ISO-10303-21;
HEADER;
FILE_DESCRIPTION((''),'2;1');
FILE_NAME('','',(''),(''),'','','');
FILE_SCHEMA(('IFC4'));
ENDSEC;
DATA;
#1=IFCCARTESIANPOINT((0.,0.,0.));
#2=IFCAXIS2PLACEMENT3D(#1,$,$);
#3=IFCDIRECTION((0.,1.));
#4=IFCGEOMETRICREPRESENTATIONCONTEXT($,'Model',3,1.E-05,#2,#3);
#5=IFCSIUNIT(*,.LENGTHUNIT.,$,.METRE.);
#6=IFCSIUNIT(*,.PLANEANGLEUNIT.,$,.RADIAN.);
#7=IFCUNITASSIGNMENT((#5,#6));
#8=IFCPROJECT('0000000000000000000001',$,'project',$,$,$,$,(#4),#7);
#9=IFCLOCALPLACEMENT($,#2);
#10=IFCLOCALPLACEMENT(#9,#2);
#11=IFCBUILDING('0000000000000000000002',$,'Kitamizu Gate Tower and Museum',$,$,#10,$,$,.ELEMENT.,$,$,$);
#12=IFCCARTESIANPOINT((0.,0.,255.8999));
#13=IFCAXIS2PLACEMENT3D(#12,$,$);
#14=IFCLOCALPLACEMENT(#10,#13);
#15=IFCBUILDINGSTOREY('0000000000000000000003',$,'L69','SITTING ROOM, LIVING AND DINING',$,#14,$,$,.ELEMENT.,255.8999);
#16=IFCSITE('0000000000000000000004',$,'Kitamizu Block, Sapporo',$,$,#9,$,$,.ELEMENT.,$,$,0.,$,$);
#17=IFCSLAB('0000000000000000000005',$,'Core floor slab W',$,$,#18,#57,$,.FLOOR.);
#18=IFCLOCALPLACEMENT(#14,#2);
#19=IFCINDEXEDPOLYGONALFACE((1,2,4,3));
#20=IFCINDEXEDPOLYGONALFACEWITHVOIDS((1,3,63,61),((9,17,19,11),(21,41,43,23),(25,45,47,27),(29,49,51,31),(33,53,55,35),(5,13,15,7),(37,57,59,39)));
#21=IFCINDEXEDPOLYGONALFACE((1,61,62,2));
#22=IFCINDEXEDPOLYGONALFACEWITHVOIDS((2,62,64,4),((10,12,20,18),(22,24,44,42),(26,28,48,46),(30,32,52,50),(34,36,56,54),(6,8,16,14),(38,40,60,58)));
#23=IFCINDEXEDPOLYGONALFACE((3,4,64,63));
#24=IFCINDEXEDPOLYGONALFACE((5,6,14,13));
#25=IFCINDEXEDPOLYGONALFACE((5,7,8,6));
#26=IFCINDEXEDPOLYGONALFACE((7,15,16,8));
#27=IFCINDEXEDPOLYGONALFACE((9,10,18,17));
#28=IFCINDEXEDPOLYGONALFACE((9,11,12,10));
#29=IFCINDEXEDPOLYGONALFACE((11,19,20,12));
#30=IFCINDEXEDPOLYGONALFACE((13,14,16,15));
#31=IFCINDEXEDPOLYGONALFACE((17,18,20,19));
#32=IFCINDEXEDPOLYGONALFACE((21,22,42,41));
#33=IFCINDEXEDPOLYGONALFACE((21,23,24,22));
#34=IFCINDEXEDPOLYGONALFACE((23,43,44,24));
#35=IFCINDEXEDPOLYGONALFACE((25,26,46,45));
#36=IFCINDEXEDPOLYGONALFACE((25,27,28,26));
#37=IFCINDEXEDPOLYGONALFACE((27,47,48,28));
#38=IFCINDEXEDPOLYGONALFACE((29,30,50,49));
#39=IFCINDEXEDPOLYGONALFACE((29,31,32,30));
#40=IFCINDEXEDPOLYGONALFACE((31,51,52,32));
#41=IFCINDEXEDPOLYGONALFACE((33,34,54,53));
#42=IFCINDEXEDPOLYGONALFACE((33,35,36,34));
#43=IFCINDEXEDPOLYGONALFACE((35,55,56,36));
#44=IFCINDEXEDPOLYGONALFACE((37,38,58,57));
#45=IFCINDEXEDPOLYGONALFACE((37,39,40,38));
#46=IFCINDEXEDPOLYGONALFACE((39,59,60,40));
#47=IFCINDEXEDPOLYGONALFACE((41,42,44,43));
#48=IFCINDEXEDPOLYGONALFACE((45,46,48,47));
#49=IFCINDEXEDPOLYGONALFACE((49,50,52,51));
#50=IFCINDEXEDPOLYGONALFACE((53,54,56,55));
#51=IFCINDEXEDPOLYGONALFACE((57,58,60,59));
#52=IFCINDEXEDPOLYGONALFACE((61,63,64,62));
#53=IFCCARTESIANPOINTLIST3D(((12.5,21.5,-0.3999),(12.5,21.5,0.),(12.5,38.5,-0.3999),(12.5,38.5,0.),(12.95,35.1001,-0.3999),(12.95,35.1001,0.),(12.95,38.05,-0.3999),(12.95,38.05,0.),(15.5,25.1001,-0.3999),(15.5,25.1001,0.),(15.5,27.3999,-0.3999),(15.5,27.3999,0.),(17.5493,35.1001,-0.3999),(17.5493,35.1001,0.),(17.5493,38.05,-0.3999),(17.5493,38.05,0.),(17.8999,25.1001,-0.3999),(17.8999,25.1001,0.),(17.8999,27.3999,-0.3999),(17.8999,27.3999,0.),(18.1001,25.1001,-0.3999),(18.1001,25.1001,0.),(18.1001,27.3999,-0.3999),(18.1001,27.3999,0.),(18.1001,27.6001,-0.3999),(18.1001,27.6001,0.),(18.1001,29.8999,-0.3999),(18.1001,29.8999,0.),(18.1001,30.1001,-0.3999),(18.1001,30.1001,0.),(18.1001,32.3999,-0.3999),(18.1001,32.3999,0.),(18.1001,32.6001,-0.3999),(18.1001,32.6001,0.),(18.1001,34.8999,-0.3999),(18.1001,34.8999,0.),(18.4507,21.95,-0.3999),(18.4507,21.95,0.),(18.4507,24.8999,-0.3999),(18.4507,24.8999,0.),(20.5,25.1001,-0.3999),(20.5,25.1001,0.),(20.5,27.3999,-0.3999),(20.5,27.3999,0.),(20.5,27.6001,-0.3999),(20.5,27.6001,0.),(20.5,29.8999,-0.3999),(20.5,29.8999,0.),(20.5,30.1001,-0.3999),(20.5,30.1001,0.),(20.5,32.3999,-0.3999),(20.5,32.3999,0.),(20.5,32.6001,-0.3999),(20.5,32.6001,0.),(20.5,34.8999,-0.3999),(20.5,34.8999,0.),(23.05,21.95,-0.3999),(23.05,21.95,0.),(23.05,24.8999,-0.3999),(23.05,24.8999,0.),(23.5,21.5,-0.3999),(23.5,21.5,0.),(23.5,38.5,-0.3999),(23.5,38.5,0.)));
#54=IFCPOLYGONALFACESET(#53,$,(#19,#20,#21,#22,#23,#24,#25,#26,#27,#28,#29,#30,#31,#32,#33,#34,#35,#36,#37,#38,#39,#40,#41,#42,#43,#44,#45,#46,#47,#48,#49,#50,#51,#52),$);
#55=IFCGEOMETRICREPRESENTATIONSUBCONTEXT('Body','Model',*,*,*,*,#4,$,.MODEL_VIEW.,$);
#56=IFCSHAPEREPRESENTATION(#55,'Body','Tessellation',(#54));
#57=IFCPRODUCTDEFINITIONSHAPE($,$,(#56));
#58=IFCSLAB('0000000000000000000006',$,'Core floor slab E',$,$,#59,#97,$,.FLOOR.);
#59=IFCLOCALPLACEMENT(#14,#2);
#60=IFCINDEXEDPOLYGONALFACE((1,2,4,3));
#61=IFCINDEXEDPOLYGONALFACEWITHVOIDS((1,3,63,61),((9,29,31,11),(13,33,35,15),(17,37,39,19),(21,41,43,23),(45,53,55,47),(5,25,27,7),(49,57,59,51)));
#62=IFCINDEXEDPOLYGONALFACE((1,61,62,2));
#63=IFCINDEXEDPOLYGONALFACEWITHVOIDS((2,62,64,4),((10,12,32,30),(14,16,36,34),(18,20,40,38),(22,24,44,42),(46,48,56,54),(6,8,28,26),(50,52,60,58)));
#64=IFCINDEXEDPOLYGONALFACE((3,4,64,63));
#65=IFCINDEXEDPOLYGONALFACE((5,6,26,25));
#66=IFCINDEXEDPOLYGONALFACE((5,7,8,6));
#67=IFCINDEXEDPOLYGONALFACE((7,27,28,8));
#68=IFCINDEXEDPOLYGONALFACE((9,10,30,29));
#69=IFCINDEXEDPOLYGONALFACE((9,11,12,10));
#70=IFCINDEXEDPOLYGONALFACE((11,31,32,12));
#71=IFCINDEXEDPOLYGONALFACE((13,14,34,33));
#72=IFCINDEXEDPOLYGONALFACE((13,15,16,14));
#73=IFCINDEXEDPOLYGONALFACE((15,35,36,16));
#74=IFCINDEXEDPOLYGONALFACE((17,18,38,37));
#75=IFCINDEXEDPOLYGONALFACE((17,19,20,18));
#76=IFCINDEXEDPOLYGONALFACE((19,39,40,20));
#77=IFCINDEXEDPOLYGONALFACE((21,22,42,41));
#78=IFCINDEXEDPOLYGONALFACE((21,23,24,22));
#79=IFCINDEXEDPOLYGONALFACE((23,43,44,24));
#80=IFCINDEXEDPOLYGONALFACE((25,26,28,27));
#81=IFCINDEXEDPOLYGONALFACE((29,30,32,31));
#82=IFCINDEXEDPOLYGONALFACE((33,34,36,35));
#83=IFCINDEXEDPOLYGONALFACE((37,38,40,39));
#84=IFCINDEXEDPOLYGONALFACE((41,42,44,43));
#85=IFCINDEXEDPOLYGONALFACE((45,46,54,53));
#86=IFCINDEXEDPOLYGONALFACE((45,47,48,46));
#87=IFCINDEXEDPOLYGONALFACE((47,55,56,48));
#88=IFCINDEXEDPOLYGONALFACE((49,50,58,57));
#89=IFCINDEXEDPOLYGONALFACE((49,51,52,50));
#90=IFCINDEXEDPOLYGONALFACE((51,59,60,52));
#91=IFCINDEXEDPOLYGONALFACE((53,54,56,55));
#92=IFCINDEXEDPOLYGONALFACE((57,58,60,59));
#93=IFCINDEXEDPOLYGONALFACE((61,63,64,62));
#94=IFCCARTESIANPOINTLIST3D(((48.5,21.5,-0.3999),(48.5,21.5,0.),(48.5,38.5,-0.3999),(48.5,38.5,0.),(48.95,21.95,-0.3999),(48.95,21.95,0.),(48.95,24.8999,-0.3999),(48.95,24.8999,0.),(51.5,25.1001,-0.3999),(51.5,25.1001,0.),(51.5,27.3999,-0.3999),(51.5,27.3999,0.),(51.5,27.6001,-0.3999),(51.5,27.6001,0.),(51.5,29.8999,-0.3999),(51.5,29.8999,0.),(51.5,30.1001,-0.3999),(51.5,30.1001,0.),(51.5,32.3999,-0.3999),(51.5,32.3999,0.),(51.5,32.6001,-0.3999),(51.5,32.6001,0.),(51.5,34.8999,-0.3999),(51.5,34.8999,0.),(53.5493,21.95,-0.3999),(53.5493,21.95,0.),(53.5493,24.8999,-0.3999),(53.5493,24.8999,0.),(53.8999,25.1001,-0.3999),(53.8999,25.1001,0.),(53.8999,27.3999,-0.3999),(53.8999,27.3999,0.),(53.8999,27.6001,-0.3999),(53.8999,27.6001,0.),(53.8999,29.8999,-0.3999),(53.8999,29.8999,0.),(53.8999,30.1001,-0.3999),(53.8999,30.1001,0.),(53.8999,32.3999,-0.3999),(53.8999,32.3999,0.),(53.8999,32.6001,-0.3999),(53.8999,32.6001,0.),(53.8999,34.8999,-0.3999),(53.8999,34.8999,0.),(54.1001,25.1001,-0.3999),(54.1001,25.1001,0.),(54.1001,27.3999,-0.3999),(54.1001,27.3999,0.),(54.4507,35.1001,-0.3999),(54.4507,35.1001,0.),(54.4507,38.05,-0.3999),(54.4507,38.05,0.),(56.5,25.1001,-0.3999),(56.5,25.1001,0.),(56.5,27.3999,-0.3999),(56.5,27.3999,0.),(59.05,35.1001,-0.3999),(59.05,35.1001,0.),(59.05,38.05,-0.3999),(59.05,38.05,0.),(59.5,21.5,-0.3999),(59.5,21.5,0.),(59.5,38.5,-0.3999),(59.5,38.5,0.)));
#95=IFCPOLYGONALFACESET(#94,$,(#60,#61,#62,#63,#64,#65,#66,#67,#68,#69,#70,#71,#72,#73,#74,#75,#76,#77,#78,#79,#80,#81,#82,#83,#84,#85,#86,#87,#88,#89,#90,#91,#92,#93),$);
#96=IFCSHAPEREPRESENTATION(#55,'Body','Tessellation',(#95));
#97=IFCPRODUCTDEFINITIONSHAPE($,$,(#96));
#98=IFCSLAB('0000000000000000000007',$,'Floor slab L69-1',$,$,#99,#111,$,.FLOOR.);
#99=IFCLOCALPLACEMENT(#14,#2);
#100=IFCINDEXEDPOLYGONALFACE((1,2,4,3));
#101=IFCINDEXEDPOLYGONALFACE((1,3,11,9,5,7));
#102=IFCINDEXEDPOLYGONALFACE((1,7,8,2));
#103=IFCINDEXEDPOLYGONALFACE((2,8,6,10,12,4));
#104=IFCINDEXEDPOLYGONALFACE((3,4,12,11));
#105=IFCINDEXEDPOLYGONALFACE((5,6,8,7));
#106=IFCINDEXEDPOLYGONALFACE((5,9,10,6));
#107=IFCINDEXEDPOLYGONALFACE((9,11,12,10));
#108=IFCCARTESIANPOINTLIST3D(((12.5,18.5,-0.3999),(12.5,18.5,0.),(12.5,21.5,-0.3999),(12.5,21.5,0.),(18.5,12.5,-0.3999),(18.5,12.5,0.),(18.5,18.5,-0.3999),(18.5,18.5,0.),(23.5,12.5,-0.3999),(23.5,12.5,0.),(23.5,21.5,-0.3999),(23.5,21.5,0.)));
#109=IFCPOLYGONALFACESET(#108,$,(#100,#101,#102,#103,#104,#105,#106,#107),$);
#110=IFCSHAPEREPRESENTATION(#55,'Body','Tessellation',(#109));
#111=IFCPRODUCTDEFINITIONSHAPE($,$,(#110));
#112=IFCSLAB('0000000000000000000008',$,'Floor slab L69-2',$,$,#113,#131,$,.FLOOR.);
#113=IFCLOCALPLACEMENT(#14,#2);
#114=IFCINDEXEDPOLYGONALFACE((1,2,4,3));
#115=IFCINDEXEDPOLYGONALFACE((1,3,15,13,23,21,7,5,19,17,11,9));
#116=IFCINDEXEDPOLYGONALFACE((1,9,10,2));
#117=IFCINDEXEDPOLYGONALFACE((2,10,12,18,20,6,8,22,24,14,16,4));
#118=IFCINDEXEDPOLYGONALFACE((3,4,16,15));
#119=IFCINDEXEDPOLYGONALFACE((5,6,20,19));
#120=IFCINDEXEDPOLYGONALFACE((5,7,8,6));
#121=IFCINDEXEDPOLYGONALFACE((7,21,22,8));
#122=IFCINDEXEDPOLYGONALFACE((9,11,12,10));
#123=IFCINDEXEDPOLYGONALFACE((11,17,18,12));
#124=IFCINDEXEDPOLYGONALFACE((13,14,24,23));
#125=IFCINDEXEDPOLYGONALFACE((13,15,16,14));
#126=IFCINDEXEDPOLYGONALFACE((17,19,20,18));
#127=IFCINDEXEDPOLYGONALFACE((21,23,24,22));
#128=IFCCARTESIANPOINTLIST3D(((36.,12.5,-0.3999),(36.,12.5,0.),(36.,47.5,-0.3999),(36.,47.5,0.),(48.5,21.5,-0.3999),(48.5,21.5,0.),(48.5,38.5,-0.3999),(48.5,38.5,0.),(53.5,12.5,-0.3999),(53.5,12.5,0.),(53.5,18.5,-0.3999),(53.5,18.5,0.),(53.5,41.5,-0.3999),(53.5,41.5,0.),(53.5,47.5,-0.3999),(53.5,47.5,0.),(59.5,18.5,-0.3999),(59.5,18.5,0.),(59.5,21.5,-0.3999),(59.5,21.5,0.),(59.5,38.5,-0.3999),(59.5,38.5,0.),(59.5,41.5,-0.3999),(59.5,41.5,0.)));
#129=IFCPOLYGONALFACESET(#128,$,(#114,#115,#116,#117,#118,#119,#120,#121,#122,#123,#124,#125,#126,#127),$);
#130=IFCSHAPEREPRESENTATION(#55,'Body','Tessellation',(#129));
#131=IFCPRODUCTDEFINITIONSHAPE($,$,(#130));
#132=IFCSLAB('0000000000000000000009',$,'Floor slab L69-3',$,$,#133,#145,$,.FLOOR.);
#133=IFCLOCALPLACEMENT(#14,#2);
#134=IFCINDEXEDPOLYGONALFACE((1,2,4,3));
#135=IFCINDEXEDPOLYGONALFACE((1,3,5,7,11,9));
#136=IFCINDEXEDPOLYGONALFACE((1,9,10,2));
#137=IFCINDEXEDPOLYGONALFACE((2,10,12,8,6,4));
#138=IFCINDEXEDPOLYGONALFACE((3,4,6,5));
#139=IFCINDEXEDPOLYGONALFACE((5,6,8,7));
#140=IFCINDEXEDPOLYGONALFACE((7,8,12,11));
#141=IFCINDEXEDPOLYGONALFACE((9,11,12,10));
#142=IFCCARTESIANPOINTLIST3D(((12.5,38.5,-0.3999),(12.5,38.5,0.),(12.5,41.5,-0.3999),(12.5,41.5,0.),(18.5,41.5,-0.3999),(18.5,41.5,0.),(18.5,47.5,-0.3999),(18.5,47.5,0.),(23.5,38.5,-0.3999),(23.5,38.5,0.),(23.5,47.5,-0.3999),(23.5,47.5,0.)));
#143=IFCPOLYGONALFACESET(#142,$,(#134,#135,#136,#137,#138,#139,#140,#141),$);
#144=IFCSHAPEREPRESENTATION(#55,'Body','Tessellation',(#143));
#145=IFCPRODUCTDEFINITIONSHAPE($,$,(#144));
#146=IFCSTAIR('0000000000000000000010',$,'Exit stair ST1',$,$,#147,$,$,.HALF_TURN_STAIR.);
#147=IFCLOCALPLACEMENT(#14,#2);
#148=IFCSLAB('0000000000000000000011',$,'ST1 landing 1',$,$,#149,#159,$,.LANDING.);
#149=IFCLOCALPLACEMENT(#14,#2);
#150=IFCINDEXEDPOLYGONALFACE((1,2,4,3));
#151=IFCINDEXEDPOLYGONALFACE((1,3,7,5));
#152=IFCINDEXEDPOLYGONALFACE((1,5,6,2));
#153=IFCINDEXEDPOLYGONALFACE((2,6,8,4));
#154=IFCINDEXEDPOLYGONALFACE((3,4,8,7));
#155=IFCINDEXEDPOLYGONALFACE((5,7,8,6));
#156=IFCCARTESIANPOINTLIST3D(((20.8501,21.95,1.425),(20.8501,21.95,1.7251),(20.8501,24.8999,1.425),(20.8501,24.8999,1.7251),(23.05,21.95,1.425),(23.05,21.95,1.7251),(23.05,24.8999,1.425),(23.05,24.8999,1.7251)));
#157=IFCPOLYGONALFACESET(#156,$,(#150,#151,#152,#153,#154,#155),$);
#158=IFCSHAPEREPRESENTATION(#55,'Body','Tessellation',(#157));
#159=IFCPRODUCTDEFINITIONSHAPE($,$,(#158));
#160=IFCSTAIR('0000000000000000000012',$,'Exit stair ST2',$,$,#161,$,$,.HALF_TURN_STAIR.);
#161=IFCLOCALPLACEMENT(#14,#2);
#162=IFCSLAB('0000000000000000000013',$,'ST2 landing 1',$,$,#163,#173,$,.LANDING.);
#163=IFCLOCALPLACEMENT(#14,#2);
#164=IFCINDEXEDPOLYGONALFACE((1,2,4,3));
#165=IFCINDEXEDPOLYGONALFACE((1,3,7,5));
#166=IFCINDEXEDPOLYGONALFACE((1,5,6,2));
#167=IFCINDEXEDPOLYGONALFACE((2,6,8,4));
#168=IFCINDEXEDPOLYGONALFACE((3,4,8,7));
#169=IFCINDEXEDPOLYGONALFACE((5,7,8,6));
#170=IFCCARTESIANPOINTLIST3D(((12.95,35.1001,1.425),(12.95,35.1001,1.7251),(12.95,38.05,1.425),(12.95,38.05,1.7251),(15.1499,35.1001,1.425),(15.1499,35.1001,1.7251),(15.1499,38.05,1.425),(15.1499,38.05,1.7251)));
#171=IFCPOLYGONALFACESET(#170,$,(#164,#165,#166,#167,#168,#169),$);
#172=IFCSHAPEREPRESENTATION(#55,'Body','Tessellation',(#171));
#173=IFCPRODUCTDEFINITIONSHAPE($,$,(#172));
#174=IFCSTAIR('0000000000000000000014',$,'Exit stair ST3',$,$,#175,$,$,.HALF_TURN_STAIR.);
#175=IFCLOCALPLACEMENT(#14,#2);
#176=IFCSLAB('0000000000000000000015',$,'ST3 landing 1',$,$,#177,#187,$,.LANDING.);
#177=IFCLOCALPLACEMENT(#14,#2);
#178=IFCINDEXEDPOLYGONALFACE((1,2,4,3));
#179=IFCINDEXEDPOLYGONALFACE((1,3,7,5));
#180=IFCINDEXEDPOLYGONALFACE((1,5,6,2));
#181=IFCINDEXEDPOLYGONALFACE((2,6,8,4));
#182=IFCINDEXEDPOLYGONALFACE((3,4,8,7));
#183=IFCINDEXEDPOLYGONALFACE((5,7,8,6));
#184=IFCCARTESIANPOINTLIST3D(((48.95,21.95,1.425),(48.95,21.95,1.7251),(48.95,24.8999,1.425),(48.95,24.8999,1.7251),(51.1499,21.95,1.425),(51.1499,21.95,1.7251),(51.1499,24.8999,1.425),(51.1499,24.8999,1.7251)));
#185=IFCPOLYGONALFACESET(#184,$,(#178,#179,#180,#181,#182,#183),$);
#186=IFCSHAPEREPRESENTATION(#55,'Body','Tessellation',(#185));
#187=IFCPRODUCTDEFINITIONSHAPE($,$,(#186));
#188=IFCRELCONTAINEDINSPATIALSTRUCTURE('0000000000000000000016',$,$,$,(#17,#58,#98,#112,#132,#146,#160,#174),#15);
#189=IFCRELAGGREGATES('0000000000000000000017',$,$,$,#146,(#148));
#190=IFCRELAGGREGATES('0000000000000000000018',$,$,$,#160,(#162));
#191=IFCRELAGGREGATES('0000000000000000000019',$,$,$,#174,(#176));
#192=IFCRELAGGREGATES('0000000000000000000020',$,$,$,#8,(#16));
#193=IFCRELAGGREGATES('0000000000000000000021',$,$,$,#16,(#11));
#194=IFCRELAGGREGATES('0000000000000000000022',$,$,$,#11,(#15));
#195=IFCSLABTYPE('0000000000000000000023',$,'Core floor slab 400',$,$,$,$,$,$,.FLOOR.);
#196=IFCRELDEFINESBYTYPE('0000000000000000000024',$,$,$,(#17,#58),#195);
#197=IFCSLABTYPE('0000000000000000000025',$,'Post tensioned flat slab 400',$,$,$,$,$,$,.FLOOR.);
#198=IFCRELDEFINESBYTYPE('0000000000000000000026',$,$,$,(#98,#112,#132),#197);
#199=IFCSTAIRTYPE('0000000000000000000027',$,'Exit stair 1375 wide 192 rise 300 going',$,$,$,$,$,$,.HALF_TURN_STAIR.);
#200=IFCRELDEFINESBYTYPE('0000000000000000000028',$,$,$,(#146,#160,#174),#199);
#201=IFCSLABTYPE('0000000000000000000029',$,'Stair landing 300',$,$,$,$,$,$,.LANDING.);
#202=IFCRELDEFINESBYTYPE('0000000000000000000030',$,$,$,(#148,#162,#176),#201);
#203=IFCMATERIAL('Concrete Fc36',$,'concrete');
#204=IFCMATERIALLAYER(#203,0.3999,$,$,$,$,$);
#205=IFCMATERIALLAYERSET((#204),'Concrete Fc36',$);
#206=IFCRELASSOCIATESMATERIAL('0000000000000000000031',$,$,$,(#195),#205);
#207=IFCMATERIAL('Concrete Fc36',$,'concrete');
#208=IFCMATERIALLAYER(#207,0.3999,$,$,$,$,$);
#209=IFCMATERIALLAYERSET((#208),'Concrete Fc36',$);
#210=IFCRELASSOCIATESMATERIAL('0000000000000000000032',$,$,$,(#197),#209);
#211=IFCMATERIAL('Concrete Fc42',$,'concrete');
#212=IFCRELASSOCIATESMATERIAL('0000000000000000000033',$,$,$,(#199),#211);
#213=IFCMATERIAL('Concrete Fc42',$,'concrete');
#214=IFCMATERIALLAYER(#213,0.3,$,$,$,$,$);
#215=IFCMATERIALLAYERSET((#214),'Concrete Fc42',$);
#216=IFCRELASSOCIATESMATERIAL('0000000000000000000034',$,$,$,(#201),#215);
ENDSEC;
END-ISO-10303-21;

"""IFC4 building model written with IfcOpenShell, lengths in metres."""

from ifc_helpers import new_model, si_unit, direction, frame, origin, place, context, subcontext, project, spatial, polyline, outline, extrude, material, layer, layer_set, type_object, element, aggregate, save


model = new_model("IFC4")

# Units and contexts
model_context = context("Model", 3, precision=1e-05, world=origin(), true_north=direction((0.0, 1.0)))
body_context = subcontext(model_context, "Body", "Model", "MODEL_VIEW")
ifc_project = project(units=[si_unit("LENGTHUNIT", "METRE"), si_unit("PLANEANGLEUNIT", "RADIAN")], contexts=[model_context])

# Site, building, storey
site_placement = place(None, origin())
site = spatial("IfcSite", under=ifc_project, at=site_placement, Name="Kitamizu Block, Sapporo", CompositionType="ELEMENT", RefElevation=0.0)
building_placement = place(site_placement, origin())
building = spatial("IfcBuilding", under=site, at=building_placement, Name="Kitamizu Gate Tower and Museum", CompositionType="ELEMENT")
storey_placement = place(building_placement, frame((0.0, 0.0, 255.8999)))
storey = spatial("IfcBuildingStorey", under=building, at=storey_placement, Name="L69", Description="SITTING ROOM, LIVING AND DINING", CompositionType="ELEMENT", Elevation=255.8999)

# Slabs
ifc_material_1 = material(Name="Concrete Fc36", Category="concrete")
ifc_layer_1 = layer(ifc_material_1, 0.3999)
ifc_layer_set_1 = layer_set([ifc_layer_1], Name="Concrete Fc36")
slab_type_1 = type_object("IfcSlabType", Name="Core floor slab 400", PredefinedType="FLOOR", material=ifc_layer_set_1)
slab_1_placement = place(storey_placement, frame((0.0, 0.0, -0.3999)))
element("IfcSlab", 1, at=slab_1_placement, inside=storey, type_object=slab_type_1, Name="Core floor slab W", PredefinedType="FLOOR", context=body_context, shape_type="SweptSolid", body=[
    extrude(outline(polyline([(12.5, 21.5), (23.5, 21.5), (23.5, 38.5), (12.5, 38.5), (12.5, 21.5)]), holes=[polyline([(15.5, 25.1001), (17.8999, 25.1001), (17.8999, 27.3999), (15.5, 27.3999), (15.5, 25.1001)]), polyline([(18.1001, 25.1001), (20.5, 25.1001), (20.5, 27.3999), (18.1001, 27.3999), (18.1001, 25.1001)]), polyline([(18.1001, 27.6001), (20.5, 27.6001), (20.5, 29.8999), (18.1001, 29.8999), (18.1001, 27.6001)]), polyline([(18.1001, 30.1001), (20.5, 30.1001), (20.5, 32.3999), (18.1001, 32.3999), (18.1001, 30.1001)]), polyline([(18.1001, 32.6001), (20.5, 32.6001), (20.5, 34.8999), (18.1001, 34.8999), (18.1001, 32.6001)]), polyline([(18.4507, 21.95), (23.05, 21.95), (23.05, 24.8999), (18.4507, 24.8999), (18.4507, 21.95)]), polyline([(12.95, 35.1001), (17.5493, 35.1001), (17.5493, 38.05), (12.95, 38.05), (12.95, 35.1001)])]), origin(), (0.0, 0.0, 1.0), 0.3999),
])
slab_2_placement = place(storey_placement, frame((0.0, 0.0, -0.3999)))
element("IfcSlab", 2, at=slab_2_placement, inside=storey, type_object=slab_type_1, Name="Core floor slab E", PredefinedType="FLOOR", context=body_context, shape_type="SweptSolid", body=[
    extrude(outline(polyline([(48.5, 21.5), (59.5, 21.5), (59.5, 38.5), (48.5, 38.5), (48.5, 21.5)]), holes=[polyline([(54.1001, 25.1001), (56.5, 25.1001), (56.5, 27.3999), (54.1001, 27.3999), (54.1001, 25.1001)]), polyline([(51.5, 25.1001), (53.8999, 25.1001), (53.8999, 27.3999), (51.5, 27.3999), (51.5, 25.1001)]), polyline([(51.5, 27.6001), (53.8999, 27.6001), (53.8999, 29.8999), (51.5, 29.8999), (51.5, 27.6001)]), polyline([(51.5, 30.1001), (53.8999, 30.1001), (53.8999, 32.3999), (51.5, 32.3999), (51.5, 30.1001)]), polyline([(51.5, 32.6001), (53.8999, 32.6001), (53.8999, 34.8999), (51.5, 34.8999), (51.5, 32.6001)]), polyline([(48.95, 21.95), (53.5493, 21.95), (53.5493, 24.8999), (48.95, 24.8999), (48.95, 21.95)]), polyline([(54.4507, 35.1001), (59.05, 35.1001), (59.05, 38.05), (54.4507, 38.05), (54.4507, 35.1001)])]), origin(), (0.0, 0.0, 1.0), 0.3999),
])
ifc_material_2 = material(Name="Concrete Fc36", Category="concrete")
ifc_layer_2 = layer(ifc_material_2, 0.3999)
ifc_layer_set_2 = layer_set([ifc_layer_2], Name="Concrete Fc36")
slab_type_2 = type_object("IfcSlabType", Name="Post tensioned flat slab 400", PredefinedType="FLOOR", material=ifc_layer_set_2)
slab_3_placement = place(storey_placement, frame((0.0, 0.0, -0.3999)))
element("IfcSlab", 3, at=slab_3_placement, inside=storey, type_object=slab_type_2, Name="Floor slab L69-1", PredefinedType="FLOOR", context=body_context, shape_type="SweptSolid", body=[
    extrude(outline(polyline([(12.5, 21.5), (23.5, 21.5), (23.5, 12.5), (18.5, 12.5), (18.5, 18.5), (12.5, 18.5), (12.5, 21.5)])), origin(), (0.0, 0.0, 1.0), 0.3999),
])
slab_4_placement = place(storey_placement, frame((0.0, 0.0, -0.3999)))
element("IfcSlab", 4, at=slab_4_placement, inside=storey, type_object=slab_type_2, Name="Floor slab L69-2", PredefinedType="FLOOR", context=body_context, shape_type="SweptSolid", body=[
    extrude(outline(polyline([(53.5, 47.5), (53.5, 41.5), (59.5, 41.5), (59.5, 38.5), (48.5, 38.5), (48.5, 21.5), (59.5, 21.5), (59.5, 18.5), (53.5, 18.5), (53.5, 12.5), (36.0, 12.5), (36.0, 47.5), (53.5, 47.5)])), origin(), (0.0, 0.0, 1.0), 0.3999),
])
slab_5_placement = place(storey_placement, frame((0.0, 0.0, -0.3999)))
element("IfcSlab", 5, at=slab_5_placement, inside=storey, type_object=slab_type_2, Name="Floor slab L69-3", PredefinedType="FLOOR", context=body_context, shape_type="SweptSolid", body=[
    extrude(outline(polyline([(12.5, 38.5), (12.5, 41.5), (18.5, 41.5), (18.5, 47.5), (23.5, 47.5), (23.5, 38.5), (12.5, 38.5)])), origin(), (0.0, 0.0, 1.0), 0.3999),
])

# Stairs, slabs
ifc_material_3 = material(Name="Concrete Fc42", Category="concrete")
stair_type = type_object("IfcStairType", Name="Exit stair 1375 wide 192 rise 300 going", PredefinedType="HALF_TURN_STAIR", material=ifc_material_3)
stair_1_placement = place(storey_placement, origin())
stair_1 = element("IfcStair", 6, at=stair_1_placement, inside=storey, type_object=stair_type, Name="Exit stair ST1", PredefinedType="HALF_TURN_STAIR")
ifc_material_4 = material(Name="Concrete Fc42", Category="concrete")
ifc_layer_3 = layer(ifc_material_4, 0.3)
ifc_layer_set_3 = layer_set([ifc_layer_3], Name="Concrete Fc42")
slab_type_3 = type_object("IfcSlabType", Name="Stair landing 300", PredefinedType="LANDING", material=ifc_layer_set_3)
slab_6_placement = place(storey_placement, frame((0.0, 0.0, 1.425)))
slab_6 = element("IfcSlab", 7, at=slab_6_placement, type_object=slab_type_3, Name="ST1 landing 1", PredefinedType="LANDING", context=body_context, shape_type="SweptSolid", body=[
    extrude(outline(polyline([(20.8501, 21.95), (23.05, 21.95), (23.05, 24.8999), (20.8501, 24.8999), (20.8501, 21.95)])), origin(), (0.0, 0.0, 1.0), 0.3),
])
aggregate(stair_1, [slab_6])
stair_2_placement = place(storey_placement, origin())
stair_2 = element("IfcStair", 8, at=stair_2_placement, inside=storey, type_object=stair_type, Name="Exit stair ST2", PredefinedType="HALF_TURN_STAIR")
slab_7_placement = place(storey_placement, frame((0.0, 0.0, 1.425)))
slab_7 = element("IfcSlab", 9, at=slab_7_placement, type_object=slab_type_3, Name="ST2 landing 1", PredefinedType="LANDING", context=body_context, shape_type="SweptSolid", body=[
    extrude(outline(polyline([(12.95, 35.1001), (15.1499, 35.1001), (15.1499, 38.05), (12.95, 38.05), (12.95, 35.1001)])), origin(), (0.0, 0.0, 1.0), 0.3),
])
aggregate(stair_2, [slab_7])
stair_3_placement = place(storey_placement, origin())
stair_3 = element("IfcStair", 10, at=stair_3_placement, inside=storey, type_object=stair_type, Name="Exit stair ST3", PredefinedType="HALF_TURN_STAIR")
slab_8_placement = place(storey_placement, frame((0.0, 0.0, 1.425)))
slab_8 = element("IfcSlab", 11, at=slab_8_placement, type_object=slab_type_3, Name="ST3 landing 1", PredefinedType="LANDING", context=body_context, shape_type="SweptSolid", body=[
    extrude(outline(polyline([(48.95, 21.95), (51.1499, 21.95), (51.1499, 24.8999), (48.95, 24.8999), (48.95, 21.95)])), origin(), (0.0, 0.0, 1.0), 0.3),
])
aggregate(stair_3, [slab_8])

save(model, "model.ifc")
